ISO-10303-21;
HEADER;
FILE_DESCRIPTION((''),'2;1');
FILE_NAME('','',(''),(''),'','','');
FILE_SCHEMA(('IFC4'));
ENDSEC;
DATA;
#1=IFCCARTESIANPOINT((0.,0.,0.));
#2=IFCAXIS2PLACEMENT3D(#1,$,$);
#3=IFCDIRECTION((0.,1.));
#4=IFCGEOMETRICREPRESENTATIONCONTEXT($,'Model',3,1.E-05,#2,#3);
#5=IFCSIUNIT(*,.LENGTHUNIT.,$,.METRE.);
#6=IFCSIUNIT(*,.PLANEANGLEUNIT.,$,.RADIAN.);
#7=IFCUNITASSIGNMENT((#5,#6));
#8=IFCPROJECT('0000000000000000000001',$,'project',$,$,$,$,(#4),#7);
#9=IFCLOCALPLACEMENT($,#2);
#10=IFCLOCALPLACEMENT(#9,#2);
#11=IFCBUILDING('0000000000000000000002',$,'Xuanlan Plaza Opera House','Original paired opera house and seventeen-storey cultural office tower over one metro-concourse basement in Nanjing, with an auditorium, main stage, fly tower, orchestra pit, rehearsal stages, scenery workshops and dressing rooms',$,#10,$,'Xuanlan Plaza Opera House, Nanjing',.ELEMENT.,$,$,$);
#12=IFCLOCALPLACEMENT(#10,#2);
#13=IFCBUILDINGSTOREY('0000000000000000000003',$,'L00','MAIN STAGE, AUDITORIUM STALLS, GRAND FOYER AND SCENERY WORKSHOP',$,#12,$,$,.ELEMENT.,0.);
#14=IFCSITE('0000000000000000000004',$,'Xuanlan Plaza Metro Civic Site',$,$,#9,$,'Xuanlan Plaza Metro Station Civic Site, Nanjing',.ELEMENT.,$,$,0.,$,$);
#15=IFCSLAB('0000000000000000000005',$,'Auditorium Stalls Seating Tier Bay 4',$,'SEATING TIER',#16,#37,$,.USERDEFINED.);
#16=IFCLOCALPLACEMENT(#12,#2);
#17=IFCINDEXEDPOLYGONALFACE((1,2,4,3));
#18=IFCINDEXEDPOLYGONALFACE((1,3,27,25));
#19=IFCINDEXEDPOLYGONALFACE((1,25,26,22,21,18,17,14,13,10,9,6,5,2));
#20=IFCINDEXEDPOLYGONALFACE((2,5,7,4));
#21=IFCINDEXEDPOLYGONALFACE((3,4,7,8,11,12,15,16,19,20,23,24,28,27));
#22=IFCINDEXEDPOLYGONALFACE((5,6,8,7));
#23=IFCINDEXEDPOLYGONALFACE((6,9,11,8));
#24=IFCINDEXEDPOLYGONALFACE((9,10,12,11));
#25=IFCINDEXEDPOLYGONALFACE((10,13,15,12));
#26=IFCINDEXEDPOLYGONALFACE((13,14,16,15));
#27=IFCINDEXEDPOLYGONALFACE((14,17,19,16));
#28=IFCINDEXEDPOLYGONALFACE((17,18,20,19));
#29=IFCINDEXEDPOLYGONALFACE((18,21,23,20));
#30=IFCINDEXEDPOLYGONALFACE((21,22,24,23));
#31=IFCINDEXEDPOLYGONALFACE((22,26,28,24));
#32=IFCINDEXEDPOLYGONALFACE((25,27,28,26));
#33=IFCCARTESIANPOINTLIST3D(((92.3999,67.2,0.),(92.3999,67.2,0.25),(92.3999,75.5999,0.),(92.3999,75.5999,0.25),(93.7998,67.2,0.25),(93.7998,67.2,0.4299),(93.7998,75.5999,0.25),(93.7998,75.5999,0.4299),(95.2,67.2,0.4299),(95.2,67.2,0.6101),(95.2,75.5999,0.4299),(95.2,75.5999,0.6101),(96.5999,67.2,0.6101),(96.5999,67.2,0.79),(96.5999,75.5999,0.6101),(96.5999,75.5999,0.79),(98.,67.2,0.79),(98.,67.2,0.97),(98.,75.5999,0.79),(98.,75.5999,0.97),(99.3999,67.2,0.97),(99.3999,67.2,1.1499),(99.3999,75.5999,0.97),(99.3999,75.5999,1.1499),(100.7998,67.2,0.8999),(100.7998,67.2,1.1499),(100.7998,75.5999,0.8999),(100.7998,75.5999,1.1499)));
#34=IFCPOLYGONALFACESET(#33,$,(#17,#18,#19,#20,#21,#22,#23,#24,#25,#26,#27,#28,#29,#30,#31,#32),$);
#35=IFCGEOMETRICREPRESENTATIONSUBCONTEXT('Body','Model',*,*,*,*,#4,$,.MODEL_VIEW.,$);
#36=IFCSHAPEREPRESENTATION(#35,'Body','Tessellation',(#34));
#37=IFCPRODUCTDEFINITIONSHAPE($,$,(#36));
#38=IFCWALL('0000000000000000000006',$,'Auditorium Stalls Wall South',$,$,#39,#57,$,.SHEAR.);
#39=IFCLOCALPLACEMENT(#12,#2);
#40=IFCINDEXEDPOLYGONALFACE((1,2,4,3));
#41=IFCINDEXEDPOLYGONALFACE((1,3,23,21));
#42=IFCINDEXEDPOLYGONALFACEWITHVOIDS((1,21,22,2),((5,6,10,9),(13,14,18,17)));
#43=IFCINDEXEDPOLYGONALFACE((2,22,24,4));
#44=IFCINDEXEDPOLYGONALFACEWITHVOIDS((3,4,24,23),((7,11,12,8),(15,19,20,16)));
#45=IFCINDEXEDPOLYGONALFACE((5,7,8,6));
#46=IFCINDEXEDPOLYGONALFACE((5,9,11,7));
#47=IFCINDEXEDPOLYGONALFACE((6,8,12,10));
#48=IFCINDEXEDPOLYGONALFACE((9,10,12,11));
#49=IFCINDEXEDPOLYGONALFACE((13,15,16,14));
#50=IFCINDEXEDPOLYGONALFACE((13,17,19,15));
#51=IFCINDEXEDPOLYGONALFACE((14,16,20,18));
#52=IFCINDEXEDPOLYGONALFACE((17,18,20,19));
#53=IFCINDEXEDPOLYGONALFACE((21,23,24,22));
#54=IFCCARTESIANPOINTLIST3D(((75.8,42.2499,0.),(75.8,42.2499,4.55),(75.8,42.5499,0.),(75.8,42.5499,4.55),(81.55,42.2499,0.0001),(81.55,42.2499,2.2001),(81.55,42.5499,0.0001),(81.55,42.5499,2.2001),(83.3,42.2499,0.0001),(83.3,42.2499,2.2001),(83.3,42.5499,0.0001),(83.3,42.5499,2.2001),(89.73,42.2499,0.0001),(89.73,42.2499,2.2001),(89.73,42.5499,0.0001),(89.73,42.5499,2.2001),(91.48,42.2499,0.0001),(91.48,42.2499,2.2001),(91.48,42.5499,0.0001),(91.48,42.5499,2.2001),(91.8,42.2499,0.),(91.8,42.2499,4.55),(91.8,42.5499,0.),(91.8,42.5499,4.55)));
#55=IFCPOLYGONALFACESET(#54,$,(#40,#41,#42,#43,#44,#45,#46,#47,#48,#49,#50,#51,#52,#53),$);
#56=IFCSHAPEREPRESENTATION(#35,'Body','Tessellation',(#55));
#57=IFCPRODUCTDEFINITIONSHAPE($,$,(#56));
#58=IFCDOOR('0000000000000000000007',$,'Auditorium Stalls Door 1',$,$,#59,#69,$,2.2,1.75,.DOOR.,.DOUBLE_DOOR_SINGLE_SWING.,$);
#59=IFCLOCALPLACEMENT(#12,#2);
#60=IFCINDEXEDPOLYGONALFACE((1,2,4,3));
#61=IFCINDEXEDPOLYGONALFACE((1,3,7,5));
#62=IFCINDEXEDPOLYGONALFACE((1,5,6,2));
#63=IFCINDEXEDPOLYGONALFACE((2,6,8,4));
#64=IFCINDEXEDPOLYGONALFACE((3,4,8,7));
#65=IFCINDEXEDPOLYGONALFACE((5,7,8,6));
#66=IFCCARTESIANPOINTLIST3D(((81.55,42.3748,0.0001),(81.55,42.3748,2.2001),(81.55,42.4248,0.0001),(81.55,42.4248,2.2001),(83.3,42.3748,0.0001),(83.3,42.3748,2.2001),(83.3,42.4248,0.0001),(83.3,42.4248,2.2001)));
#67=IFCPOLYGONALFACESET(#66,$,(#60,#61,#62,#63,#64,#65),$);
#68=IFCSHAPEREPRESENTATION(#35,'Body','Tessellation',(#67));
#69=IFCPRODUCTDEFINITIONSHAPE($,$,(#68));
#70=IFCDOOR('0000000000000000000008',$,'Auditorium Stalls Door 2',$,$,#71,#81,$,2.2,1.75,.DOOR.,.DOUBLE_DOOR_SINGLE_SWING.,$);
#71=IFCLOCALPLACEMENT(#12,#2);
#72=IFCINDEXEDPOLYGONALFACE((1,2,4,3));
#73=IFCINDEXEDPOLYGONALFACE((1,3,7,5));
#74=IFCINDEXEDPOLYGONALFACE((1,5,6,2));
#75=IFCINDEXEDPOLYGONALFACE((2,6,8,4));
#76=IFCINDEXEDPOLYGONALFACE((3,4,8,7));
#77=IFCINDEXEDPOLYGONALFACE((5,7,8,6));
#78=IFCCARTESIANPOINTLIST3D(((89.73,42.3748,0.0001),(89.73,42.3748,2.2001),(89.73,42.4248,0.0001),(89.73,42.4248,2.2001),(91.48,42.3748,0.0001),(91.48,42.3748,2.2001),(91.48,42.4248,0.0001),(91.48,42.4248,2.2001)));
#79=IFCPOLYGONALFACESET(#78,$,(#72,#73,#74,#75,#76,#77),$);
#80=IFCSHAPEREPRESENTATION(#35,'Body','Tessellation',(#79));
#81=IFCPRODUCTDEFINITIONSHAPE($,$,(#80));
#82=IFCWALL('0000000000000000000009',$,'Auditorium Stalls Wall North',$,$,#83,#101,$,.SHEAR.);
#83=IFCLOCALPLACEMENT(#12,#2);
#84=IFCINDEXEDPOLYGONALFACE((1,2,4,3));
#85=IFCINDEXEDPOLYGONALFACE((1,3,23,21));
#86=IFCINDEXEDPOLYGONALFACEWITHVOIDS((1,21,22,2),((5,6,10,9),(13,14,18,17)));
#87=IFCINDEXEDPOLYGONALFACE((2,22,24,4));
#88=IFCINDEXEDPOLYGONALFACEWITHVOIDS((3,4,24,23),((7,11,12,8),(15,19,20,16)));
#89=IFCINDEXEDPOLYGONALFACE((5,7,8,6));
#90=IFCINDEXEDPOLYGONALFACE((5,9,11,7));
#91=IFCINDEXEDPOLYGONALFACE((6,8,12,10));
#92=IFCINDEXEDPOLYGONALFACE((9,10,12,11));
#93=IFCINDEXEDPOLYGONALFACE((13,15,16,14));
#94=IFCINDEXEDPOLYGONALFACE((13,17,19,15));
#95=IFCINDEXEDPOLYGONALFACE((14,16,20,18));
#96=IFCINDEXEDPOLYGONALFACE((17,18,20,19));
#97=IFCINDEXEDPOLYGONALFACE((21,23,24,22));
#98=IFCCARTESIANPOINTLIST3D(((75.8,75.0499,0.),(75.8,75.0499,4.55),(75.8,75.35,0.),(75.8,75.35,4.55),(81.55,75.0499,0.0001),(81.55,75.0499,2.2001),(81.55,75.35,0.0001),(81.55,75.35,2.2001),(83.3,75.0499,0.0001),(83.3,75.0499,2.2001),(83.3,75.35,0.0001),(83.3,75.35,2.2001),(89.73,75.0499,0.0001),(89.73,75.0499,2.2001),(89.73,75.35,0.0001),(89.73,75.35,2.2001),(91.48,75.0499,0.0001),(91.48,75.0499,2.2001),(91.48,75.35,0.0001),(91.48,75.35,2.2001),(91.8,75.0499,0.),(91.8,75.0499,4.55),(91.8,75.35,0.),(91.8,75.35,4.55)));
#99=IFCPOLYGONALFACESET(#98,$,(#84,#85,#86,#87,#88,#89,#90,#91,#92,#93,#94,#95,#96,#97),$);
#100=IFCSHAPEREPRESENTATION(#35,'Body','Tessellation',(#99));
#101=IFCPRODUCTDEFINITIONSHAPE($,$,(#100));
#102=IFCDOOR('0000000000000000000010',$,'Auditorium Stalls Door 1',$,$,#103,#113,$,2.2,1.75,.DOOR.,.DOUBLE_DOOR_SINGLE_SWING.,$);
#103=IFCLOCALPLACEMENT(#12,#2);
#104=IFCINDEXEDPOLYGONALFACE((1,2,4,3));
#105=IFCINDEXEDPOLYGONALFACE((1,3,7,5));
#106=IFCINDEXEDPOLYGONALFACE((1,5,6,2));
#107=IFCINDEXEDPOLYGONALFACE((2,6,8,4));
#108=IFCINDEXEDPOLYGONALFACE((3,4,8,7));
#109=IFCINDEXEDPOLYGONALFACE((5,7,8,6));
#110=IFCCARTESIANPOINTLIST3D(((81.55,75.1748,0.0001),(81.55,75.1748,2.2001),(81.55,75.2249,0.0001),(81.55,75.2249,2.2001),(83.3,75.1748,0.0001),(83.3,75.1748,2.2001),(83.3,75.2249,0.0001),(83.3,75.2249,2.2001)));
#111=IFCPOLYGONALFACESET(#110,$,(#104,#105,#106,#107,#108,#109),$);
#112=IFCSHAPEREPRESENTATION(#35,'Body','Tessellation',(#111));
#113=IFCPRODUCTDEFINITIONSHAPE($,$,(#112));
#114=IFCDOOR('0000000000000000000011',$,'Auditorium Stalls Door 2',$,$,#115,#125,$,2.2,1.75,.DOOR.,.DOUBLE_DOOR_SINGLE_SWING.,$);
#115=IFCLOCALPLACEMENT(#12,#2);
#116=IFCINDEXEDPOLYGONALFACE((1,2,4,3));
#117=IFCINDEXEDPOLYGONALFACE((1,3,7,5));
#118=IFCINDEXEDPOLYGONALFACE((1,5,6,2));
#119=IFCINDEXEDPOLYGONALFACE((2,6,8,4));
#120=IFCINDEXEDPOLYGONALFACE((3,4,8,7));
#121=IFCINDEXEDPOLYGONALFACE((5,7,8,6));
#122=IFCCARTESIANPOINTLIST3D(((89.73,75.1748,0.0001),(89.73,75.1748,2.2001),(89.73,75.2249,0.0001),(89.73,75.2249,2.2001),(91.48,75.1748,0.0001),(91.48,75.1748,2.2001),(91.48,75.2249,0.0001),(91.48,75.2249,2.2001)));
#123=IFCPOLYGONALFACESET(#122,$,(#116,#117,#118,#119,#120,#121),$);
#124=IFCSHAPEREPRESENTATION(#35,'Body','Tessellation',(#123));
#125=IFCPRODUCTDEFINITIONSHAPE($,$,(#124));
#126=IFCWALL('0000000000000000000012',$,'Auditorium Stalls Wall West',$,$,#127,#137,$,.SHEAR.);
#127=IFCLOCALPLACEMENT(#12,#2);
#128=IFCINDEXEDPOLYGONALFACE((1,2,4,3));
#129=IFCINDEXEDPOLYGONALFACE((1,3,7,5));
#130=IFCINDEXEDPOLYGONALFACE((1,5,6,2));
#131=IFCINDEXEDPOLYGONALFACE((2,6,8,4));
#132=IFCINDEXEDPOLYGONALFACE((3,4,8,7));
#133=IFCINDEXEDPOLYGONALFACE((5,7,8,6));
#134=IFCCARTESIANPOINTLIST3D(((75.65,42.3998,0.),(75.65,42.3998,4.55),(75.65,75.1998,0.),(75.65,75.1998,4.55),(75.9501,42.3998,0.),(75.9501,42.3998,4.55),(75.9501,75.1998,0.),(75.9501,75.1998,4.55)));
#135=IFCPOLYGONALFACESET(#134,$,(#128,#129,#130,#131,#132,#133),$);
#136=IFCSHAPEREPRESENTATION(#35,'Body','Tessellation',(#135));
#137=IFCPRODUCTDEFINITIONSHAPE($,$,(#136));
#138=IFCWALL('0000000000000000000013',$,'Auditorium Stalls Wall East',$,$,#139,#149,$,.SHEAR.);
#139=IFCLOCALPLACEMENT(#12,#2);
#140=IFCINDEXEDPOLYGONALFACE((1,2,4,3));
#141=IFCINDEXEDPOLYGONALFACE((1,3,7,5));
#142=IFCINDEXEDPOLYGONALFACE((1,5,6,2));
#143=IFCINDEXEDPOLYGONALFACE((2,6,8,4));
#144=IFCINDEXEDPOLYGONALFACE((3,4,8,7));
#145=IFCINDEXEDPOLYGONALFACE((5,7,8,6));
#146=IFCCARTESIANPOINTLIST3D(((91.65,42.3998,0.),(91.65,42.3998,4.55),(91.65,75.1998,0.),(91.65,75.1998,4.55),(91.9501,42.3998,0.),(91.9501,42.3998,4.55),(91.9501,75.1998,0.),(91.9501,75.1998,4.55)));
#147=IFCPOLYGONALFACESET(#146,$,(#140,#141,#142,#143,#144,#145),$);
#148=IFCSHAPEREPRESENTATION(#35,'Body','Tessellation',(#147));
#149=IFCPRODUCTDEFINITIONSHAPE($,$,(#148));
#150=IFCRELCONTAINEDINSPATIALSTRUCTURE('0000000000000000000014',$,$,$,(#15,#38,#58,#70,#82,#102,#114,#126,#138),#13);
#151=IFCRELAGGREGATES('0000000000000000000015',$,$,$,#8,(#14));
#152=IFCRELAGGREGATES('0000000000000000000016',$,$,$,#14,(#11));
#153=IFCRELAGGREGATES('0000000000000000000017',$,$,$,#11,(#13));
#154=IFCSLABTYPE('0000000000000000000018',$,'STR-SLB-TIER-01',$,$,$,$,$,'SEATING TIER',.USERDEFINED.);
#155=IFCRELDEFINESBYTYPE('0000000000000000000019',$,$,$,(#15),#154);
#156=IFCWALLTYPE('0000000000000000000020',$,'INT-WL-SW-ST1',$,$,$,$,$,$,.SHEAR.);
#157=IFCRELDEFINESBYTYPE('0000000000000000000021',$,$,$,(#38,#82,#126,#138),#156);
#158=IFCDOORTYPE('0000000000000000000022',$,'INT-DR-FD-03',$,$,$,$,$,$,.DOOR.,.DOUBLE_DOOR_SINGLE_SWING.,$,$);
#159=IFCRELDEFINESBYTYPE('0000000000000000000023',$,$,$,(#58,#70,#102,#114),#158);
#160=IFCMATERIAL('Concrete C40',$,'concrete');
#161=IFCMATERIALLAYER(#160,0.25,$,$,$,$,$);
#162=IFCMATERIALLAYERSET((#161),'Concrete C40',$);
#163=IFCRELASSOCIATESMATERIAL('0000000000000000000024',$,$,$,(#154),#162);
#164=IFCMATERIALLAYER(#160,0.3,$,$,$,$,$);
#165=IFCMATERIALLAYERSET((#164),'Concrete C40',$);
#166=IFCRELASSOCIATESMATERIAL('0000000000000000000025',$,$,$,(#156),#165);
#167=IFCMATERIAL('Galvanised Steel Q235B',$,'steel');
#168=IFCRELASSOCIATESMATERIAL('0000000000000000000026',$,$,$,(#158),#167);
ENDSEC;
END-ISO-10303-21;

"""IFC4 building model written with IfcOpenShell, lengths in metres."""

from ifc_helpers import new_model, si_unit, direction, frame, frame_2d, origin, place, context, subcontext, project, spatial, polyline, rectangle, outline, extrude, material, layer, layer_set, type_object, element, fill, save


model = new_model("IFC4")

# Units and contexts
model_context = context("Model", 3, precision=1e-05, world=origin(), true_north=direction((0.0, 1.0)))
body_context = subcontext(model_context, "Body", "Model", "MODEL_VIEW")
ifc_project = project(units=[si_unit("LENGTHUNIT", "METRE"), si_unit("PLANEANGLEUNIT", "RADIAN")], contexts=[model_context])

# Site, building, storey
site_placement = place(None, origin())
site = spatial("IfcSite", under=ifc_project, at=site_placement, Name="Xuanlan Plaza Metro Civic Site", LongName="Xuanlan Plaza Metro Station Civic Site, Nanjing", CompositionType="ELEMENT", RefElevation=0.0)
building_placement = place(site_placement, origin())
building = spatial("IfcBuilding", under=site, at=building_placement, Name="Xuanlan Plaza Opera House", Description="Original paired opera house and seventeen-storey cultural office tower over one metro-concourse basement in Nanjing, with an auditorium, main stage, fly tower, orchestra pit, rehearsal stages, scenery workshops and dressing rooms", LongName="Xuanlan Plaza Opera House, Nanjing", CompositionType="ELEMENT")
storey_placement = place(building_placement, origin())
storey = spatial("IfcBuildingStorey", under=building, at=storey_placement, Name="L00", Description="MAIN STAGE, AUDITORIUM STALLS, GRAND FOYER AND SCENERY WORKSHOP", CompositionType="ELEMENT", Elevation=0.0)

# Shared definitions
ifc_material_1 = material(Name="Concrete C40", Category="concrete")

# Slab
ifc_layer_1 = layer(ifc_material_1, 0.25)
ifc_layer_set_1 = layer_set([ifc_layer_1], Name="Concrete C40")
slab_type = type_object("IfcSlabType", Name="STR-SLB-TIER-01", ElementType="SEATING TIER", PredefinedType="USERDEFINED", material=ifc_layer_set_1)
for number, where, z_axis, x_axis, name in (
    (1, (92.3999, 71.3999, 0.0), (0.0, 0.0, 1.0), (1.0, 0.0, 0.0), "Auditorium Stalls Seating Tier Bay 4"),
):
    element("IfcSlab", number, at=place(storey_placement, frame(where, z_axis=z_axis, x_axis=x_axis)), inside=storey, type_object=slab_type, Name=name, ObjectType="SEATING TIER", PredefinedType="USERDEFINED", context=body_context, shape_type="SweptSolid", body=[
        extrude(outline(polyline([(0.0, 0.0), (0.0, 0.25), (1.3999, 0.25), (1.3999, 0.4299), (2.8, 0.4299), (2.8, 0.6101), (4.2, 0.6101), (4.2, 0.79), (5.6001, 0.79), (5.6001, 0.97), (7.0, 0.97), (7.0, 1.1499), (8.3999, 1.1499), (8.3999, 0.8999), (0.0, 0.0)])), frame((0.0, 4.2, 0.0), z_axis=(0.0, -1.0, 0.0), x_axis=(1.0, 0.0, 0.0)), (0.0, 0.0, 1.0), 8.3999),
    ])

# Walls, openings, doors
ifc_layer_2 = layer(ifc_material_1, 0.3)
ifc_layer_set_2 = layer_set([ifc_layer_2], Name="Concrete C40")
wall_type = type_object("IfcWallType", Name="INT-WL-SW-ST1", PredefinedType="SHEAR", material=ifc_layer_set_2)
wall_1_placement = place(storey_placement, frame((75.8, 42.3999, 0.0), z_axis=(0.0, 0.0, 1.0), x_axis=(1.0, 0.0, 0.0)))
wall_1 = element("IfcWall", 2, at=wall_1_placement, inside=storey, type_object=wall_type, Name="Auditorium Stalls Wall South", PredefinedType="SHEAR", context=body_context, shape_type="SweptSolid", body=[
    extrude(rectangle(XDim=16.0, YDim=0.3, at=frame_2d((8.0, 0.0))), origin(), (0.0, 0.0, 1.0), 4.55),
])
opening_1_placement = place(wall_1_placement, frame((5.75, 0.0, 0.0)))
opening_1 = element("IfcOpeningElement", 3, at=opening_1_placement, cuts=wall_1, PredefinedType="OPENING", context=body_context, shape_type="SweptSolid", body=[
    extrude(rectangle(XDim=1.75, YDim=2.2, at=frame_2d((0.875, 1.1001))), frame((0.0, 0.1599, 0.0), z_axis=(0.0, -1.0, 0.0), x_axis=(1.0, 0.0, 0.0)), (0.0, 0.0, 1.0), 0.3201),
])
opening_2_placement = place(wall_1_placement, frame((13.9299, 0.0, 0.0)))
opening_2 = element("IfcOpeningElement", 4, at=opening_2_placement, cuts=wall_1, PredefinedType="OPENING", context=body_context, shape_type="SweptSolid", body=[
    extrude(rectangle(XDim=1.75, YDim=2.2, at=frame_2d((0.875, 1.1001))), frame((0.0, 0.1599, 0.0), z_axis=(0.0, -1.0, 0.0), x_axis=(1.0, 0.0, 0.0)), (0.0, 0.0, 1.0), 0.3201),
])
ifc_material_2 = material(Name="Galvanised Steel Q235B", Category="steel")
door_type = type_object("IfcDoorType", Name="INT-DR-FD-03", OperationType="DOUBLE_DOOR_SINGLE_SWING", PredefinedType="DOOR", material=ifc_material_2)
door_1_placement = place(opening_1_placement, origin())
door_1 = element("IfcDoor", 5, at=door_1_placement, inside=storey, type_object=door_type, Name="Auditorium Stalls Door 1", OperationType="DOUBLE_DOOR_SINGLE_SWING", OverallHeight=2.2, OverallWidth=1.75, PredefinedType="DOOR", context=body_context, shape_type="SweptSolid", body=[
    extrude(rectangle(XDim=1.75, YDim=2.2, at=frame_2d((0.875, 1.1001))), frame((0.0, 0.0249, 0.0), z_axis=(0.0, -1.0, 0.0), x_axis=(1.0, 0.0, 0.0)), (0.0, 0.0, 1.0), 0.05),
])
fill(opening_1, door_1)
door_2_placement = place(opening_2_placement, origin())
door_2 = element("IfcDoor", 6, at=door_2_placement, inside=storey, type_object=door_type, Name="Auditorium Stalls Door 2", OperationType="DOUBLE_DOOR_SINGLE_SWING", OverallHeight=2.2, OverallWidth=1.75, PredefinedType="DOOR", context=body_context, shape_type="SweptSolid", body=[
    extrude(rectangle(XDim=1.75, YDim=2.2, at=frame_2d((0.875, 1.1001))), frame((0.0, 0.0249, 0.0), z_axis=(0.0, -1.0, 0.0), x_axis=(1.0, 0.0, 0.0)), (0.0, 0.0, 1.0), 0.05),
])
fill(opening_2, door_2)
wall_2_placement = place(storey_placement, frame((75.8, 75.2, 0.0), z_axis=(0.0, 0.0, 1.0), x_axis=(1.0, 0.0, 0.0)))
wall_2 = element("IfcWall", 7, at=wall_2_placement, inside=storey, type_object=wall_type, Name="Auditorium Stalls Wall North", PredefinedType="SHEAR", context=body_context, shape_type="SweptSolid", body=[
    extrude(rectangle(XDim=16.0, YDim=0.3, at=frame_2d((8.0, 0.0))), origin(), (0.0, 0.0, 1.0), 4.55),
])
opening_3_placement = place(wall_2_placement, frame((5.75, 0.0, 0.0)))
opening_3 = element("IfcOpeningElement", 8, at=opening_3_placement, cuts=wall_2, PredefinedType="OPENING", context=body_context, shape_type="SweptSolid", body=[
    extrude(rectangle(XDim=1.75, YDim=2.2, at=frame_2d((0.875, 1.1001))), frame((0.0, 0.1599, 0.0), z_axis=(0.0, -1.0, 0.0), x_axis=(1.0, 0.0, 0.0)), (0.0, 0.0, 1.0), 0.3201),
])
opening_4_placement = place(wall_2_placement, frame((13.9299, 0.0, 0.0)))
opening_4 = element("IfcOpeningElement", 9, at=opening_4_placement, cuts=wall_2, PredefinedType="OPENING", context=body_context, shape_type="SweptSolid", body=[
    extrude(rectangle(XDim=1.75, YDim=2.2, at=frame_2d((0.875, 1.1001))), frame((0.0, 0.1599, 0.0), z_axis=(0.0, -1.0, 0.0), x_axis=(1.0, 0.0, 0.0)), (0.0, 0.0, 1.0), 0.3201),
])
door_3_placement = place(opening_3_placement, origin())
door_3 = element("IfcDoor", 10, at=door_3_placement, inside=storey, type_object=door_type, Name="Auditorium Stalls Door 1", OperationType="DOUBLE_DOOR_SINGLE_SWING", OverallHeight=2.2, OverallWidth=1.75, PredefinedType="DOOR", context=body_context, shape_type="SweptSolid", body=[
    extrude(rectangle(XDim=1.75, YDim=2.2, at=frame_2d((0.875, 1.1001))), frame((0.0, 0.0249, 0.0), z_axis=(0.0, -1.0, 0.0), x_axis=(1.0, 0.0, 0.0)), (0.0, 0.0, 1.0), 0.05),
])
fill(opening_3, door_3)
door_4_placement = place(opening_4_placement, origin())
door_4 = element("IfcDoor", 11, at=door_4_placement, inside=storey, type_object=door_type, Name="Auditorium Stalls Door 2", OperationType="DOUBLE_DOOR_SINGLE_SWING", OverallHeight=2.2, OverallWidth=1.75, PredefinedType="DOOR", context=body_context, shape_type="SweptSolid", body=[
    extrude(rectangle(XDim=1.75, YDim=2.2, at=frame_2d((0.875, 1.1001))), frame((0.0, 0.0249, 0.0), z_axis=(0.0, -1.0, 0.0), x_axis=(1.0, 0.0, 0.0)), (0.0, 0.0, 1.0), 0.05),
])
fill(opening_4, door_4)

# Walls
for number, where, z_axis, x_axis, name in (
    (12, (75.8, 42.3999, 0.0), (0.0, 0.0, 1.0), (0.0, 1.0, 0.0), "Auditorium Stalls Wall West"),
    (13, (91.8, 42.3999, 0.0), (0.0, 0.0, 1.0), (0.0, 1.0, 0.0), "Auditorium Stalls Wall East"),
):
    element("IfcWall", number, at=place(storey_placement, frame(where, z_axis=z_axis, x_axis=x_axis)), inside=storey, type_object=wall_type, Name=name, PredefinedType="SHEAR", context=body_context, shape_type="SweptSolid", body=[
        extrude(rectangle(XDim=32.8, YDim=0.3, at=frame_2d((16.3999, 0.0))), origin(), (0.0, 0.0, 1.0), 4.55),
    ])

save(model, "model.ifc")
